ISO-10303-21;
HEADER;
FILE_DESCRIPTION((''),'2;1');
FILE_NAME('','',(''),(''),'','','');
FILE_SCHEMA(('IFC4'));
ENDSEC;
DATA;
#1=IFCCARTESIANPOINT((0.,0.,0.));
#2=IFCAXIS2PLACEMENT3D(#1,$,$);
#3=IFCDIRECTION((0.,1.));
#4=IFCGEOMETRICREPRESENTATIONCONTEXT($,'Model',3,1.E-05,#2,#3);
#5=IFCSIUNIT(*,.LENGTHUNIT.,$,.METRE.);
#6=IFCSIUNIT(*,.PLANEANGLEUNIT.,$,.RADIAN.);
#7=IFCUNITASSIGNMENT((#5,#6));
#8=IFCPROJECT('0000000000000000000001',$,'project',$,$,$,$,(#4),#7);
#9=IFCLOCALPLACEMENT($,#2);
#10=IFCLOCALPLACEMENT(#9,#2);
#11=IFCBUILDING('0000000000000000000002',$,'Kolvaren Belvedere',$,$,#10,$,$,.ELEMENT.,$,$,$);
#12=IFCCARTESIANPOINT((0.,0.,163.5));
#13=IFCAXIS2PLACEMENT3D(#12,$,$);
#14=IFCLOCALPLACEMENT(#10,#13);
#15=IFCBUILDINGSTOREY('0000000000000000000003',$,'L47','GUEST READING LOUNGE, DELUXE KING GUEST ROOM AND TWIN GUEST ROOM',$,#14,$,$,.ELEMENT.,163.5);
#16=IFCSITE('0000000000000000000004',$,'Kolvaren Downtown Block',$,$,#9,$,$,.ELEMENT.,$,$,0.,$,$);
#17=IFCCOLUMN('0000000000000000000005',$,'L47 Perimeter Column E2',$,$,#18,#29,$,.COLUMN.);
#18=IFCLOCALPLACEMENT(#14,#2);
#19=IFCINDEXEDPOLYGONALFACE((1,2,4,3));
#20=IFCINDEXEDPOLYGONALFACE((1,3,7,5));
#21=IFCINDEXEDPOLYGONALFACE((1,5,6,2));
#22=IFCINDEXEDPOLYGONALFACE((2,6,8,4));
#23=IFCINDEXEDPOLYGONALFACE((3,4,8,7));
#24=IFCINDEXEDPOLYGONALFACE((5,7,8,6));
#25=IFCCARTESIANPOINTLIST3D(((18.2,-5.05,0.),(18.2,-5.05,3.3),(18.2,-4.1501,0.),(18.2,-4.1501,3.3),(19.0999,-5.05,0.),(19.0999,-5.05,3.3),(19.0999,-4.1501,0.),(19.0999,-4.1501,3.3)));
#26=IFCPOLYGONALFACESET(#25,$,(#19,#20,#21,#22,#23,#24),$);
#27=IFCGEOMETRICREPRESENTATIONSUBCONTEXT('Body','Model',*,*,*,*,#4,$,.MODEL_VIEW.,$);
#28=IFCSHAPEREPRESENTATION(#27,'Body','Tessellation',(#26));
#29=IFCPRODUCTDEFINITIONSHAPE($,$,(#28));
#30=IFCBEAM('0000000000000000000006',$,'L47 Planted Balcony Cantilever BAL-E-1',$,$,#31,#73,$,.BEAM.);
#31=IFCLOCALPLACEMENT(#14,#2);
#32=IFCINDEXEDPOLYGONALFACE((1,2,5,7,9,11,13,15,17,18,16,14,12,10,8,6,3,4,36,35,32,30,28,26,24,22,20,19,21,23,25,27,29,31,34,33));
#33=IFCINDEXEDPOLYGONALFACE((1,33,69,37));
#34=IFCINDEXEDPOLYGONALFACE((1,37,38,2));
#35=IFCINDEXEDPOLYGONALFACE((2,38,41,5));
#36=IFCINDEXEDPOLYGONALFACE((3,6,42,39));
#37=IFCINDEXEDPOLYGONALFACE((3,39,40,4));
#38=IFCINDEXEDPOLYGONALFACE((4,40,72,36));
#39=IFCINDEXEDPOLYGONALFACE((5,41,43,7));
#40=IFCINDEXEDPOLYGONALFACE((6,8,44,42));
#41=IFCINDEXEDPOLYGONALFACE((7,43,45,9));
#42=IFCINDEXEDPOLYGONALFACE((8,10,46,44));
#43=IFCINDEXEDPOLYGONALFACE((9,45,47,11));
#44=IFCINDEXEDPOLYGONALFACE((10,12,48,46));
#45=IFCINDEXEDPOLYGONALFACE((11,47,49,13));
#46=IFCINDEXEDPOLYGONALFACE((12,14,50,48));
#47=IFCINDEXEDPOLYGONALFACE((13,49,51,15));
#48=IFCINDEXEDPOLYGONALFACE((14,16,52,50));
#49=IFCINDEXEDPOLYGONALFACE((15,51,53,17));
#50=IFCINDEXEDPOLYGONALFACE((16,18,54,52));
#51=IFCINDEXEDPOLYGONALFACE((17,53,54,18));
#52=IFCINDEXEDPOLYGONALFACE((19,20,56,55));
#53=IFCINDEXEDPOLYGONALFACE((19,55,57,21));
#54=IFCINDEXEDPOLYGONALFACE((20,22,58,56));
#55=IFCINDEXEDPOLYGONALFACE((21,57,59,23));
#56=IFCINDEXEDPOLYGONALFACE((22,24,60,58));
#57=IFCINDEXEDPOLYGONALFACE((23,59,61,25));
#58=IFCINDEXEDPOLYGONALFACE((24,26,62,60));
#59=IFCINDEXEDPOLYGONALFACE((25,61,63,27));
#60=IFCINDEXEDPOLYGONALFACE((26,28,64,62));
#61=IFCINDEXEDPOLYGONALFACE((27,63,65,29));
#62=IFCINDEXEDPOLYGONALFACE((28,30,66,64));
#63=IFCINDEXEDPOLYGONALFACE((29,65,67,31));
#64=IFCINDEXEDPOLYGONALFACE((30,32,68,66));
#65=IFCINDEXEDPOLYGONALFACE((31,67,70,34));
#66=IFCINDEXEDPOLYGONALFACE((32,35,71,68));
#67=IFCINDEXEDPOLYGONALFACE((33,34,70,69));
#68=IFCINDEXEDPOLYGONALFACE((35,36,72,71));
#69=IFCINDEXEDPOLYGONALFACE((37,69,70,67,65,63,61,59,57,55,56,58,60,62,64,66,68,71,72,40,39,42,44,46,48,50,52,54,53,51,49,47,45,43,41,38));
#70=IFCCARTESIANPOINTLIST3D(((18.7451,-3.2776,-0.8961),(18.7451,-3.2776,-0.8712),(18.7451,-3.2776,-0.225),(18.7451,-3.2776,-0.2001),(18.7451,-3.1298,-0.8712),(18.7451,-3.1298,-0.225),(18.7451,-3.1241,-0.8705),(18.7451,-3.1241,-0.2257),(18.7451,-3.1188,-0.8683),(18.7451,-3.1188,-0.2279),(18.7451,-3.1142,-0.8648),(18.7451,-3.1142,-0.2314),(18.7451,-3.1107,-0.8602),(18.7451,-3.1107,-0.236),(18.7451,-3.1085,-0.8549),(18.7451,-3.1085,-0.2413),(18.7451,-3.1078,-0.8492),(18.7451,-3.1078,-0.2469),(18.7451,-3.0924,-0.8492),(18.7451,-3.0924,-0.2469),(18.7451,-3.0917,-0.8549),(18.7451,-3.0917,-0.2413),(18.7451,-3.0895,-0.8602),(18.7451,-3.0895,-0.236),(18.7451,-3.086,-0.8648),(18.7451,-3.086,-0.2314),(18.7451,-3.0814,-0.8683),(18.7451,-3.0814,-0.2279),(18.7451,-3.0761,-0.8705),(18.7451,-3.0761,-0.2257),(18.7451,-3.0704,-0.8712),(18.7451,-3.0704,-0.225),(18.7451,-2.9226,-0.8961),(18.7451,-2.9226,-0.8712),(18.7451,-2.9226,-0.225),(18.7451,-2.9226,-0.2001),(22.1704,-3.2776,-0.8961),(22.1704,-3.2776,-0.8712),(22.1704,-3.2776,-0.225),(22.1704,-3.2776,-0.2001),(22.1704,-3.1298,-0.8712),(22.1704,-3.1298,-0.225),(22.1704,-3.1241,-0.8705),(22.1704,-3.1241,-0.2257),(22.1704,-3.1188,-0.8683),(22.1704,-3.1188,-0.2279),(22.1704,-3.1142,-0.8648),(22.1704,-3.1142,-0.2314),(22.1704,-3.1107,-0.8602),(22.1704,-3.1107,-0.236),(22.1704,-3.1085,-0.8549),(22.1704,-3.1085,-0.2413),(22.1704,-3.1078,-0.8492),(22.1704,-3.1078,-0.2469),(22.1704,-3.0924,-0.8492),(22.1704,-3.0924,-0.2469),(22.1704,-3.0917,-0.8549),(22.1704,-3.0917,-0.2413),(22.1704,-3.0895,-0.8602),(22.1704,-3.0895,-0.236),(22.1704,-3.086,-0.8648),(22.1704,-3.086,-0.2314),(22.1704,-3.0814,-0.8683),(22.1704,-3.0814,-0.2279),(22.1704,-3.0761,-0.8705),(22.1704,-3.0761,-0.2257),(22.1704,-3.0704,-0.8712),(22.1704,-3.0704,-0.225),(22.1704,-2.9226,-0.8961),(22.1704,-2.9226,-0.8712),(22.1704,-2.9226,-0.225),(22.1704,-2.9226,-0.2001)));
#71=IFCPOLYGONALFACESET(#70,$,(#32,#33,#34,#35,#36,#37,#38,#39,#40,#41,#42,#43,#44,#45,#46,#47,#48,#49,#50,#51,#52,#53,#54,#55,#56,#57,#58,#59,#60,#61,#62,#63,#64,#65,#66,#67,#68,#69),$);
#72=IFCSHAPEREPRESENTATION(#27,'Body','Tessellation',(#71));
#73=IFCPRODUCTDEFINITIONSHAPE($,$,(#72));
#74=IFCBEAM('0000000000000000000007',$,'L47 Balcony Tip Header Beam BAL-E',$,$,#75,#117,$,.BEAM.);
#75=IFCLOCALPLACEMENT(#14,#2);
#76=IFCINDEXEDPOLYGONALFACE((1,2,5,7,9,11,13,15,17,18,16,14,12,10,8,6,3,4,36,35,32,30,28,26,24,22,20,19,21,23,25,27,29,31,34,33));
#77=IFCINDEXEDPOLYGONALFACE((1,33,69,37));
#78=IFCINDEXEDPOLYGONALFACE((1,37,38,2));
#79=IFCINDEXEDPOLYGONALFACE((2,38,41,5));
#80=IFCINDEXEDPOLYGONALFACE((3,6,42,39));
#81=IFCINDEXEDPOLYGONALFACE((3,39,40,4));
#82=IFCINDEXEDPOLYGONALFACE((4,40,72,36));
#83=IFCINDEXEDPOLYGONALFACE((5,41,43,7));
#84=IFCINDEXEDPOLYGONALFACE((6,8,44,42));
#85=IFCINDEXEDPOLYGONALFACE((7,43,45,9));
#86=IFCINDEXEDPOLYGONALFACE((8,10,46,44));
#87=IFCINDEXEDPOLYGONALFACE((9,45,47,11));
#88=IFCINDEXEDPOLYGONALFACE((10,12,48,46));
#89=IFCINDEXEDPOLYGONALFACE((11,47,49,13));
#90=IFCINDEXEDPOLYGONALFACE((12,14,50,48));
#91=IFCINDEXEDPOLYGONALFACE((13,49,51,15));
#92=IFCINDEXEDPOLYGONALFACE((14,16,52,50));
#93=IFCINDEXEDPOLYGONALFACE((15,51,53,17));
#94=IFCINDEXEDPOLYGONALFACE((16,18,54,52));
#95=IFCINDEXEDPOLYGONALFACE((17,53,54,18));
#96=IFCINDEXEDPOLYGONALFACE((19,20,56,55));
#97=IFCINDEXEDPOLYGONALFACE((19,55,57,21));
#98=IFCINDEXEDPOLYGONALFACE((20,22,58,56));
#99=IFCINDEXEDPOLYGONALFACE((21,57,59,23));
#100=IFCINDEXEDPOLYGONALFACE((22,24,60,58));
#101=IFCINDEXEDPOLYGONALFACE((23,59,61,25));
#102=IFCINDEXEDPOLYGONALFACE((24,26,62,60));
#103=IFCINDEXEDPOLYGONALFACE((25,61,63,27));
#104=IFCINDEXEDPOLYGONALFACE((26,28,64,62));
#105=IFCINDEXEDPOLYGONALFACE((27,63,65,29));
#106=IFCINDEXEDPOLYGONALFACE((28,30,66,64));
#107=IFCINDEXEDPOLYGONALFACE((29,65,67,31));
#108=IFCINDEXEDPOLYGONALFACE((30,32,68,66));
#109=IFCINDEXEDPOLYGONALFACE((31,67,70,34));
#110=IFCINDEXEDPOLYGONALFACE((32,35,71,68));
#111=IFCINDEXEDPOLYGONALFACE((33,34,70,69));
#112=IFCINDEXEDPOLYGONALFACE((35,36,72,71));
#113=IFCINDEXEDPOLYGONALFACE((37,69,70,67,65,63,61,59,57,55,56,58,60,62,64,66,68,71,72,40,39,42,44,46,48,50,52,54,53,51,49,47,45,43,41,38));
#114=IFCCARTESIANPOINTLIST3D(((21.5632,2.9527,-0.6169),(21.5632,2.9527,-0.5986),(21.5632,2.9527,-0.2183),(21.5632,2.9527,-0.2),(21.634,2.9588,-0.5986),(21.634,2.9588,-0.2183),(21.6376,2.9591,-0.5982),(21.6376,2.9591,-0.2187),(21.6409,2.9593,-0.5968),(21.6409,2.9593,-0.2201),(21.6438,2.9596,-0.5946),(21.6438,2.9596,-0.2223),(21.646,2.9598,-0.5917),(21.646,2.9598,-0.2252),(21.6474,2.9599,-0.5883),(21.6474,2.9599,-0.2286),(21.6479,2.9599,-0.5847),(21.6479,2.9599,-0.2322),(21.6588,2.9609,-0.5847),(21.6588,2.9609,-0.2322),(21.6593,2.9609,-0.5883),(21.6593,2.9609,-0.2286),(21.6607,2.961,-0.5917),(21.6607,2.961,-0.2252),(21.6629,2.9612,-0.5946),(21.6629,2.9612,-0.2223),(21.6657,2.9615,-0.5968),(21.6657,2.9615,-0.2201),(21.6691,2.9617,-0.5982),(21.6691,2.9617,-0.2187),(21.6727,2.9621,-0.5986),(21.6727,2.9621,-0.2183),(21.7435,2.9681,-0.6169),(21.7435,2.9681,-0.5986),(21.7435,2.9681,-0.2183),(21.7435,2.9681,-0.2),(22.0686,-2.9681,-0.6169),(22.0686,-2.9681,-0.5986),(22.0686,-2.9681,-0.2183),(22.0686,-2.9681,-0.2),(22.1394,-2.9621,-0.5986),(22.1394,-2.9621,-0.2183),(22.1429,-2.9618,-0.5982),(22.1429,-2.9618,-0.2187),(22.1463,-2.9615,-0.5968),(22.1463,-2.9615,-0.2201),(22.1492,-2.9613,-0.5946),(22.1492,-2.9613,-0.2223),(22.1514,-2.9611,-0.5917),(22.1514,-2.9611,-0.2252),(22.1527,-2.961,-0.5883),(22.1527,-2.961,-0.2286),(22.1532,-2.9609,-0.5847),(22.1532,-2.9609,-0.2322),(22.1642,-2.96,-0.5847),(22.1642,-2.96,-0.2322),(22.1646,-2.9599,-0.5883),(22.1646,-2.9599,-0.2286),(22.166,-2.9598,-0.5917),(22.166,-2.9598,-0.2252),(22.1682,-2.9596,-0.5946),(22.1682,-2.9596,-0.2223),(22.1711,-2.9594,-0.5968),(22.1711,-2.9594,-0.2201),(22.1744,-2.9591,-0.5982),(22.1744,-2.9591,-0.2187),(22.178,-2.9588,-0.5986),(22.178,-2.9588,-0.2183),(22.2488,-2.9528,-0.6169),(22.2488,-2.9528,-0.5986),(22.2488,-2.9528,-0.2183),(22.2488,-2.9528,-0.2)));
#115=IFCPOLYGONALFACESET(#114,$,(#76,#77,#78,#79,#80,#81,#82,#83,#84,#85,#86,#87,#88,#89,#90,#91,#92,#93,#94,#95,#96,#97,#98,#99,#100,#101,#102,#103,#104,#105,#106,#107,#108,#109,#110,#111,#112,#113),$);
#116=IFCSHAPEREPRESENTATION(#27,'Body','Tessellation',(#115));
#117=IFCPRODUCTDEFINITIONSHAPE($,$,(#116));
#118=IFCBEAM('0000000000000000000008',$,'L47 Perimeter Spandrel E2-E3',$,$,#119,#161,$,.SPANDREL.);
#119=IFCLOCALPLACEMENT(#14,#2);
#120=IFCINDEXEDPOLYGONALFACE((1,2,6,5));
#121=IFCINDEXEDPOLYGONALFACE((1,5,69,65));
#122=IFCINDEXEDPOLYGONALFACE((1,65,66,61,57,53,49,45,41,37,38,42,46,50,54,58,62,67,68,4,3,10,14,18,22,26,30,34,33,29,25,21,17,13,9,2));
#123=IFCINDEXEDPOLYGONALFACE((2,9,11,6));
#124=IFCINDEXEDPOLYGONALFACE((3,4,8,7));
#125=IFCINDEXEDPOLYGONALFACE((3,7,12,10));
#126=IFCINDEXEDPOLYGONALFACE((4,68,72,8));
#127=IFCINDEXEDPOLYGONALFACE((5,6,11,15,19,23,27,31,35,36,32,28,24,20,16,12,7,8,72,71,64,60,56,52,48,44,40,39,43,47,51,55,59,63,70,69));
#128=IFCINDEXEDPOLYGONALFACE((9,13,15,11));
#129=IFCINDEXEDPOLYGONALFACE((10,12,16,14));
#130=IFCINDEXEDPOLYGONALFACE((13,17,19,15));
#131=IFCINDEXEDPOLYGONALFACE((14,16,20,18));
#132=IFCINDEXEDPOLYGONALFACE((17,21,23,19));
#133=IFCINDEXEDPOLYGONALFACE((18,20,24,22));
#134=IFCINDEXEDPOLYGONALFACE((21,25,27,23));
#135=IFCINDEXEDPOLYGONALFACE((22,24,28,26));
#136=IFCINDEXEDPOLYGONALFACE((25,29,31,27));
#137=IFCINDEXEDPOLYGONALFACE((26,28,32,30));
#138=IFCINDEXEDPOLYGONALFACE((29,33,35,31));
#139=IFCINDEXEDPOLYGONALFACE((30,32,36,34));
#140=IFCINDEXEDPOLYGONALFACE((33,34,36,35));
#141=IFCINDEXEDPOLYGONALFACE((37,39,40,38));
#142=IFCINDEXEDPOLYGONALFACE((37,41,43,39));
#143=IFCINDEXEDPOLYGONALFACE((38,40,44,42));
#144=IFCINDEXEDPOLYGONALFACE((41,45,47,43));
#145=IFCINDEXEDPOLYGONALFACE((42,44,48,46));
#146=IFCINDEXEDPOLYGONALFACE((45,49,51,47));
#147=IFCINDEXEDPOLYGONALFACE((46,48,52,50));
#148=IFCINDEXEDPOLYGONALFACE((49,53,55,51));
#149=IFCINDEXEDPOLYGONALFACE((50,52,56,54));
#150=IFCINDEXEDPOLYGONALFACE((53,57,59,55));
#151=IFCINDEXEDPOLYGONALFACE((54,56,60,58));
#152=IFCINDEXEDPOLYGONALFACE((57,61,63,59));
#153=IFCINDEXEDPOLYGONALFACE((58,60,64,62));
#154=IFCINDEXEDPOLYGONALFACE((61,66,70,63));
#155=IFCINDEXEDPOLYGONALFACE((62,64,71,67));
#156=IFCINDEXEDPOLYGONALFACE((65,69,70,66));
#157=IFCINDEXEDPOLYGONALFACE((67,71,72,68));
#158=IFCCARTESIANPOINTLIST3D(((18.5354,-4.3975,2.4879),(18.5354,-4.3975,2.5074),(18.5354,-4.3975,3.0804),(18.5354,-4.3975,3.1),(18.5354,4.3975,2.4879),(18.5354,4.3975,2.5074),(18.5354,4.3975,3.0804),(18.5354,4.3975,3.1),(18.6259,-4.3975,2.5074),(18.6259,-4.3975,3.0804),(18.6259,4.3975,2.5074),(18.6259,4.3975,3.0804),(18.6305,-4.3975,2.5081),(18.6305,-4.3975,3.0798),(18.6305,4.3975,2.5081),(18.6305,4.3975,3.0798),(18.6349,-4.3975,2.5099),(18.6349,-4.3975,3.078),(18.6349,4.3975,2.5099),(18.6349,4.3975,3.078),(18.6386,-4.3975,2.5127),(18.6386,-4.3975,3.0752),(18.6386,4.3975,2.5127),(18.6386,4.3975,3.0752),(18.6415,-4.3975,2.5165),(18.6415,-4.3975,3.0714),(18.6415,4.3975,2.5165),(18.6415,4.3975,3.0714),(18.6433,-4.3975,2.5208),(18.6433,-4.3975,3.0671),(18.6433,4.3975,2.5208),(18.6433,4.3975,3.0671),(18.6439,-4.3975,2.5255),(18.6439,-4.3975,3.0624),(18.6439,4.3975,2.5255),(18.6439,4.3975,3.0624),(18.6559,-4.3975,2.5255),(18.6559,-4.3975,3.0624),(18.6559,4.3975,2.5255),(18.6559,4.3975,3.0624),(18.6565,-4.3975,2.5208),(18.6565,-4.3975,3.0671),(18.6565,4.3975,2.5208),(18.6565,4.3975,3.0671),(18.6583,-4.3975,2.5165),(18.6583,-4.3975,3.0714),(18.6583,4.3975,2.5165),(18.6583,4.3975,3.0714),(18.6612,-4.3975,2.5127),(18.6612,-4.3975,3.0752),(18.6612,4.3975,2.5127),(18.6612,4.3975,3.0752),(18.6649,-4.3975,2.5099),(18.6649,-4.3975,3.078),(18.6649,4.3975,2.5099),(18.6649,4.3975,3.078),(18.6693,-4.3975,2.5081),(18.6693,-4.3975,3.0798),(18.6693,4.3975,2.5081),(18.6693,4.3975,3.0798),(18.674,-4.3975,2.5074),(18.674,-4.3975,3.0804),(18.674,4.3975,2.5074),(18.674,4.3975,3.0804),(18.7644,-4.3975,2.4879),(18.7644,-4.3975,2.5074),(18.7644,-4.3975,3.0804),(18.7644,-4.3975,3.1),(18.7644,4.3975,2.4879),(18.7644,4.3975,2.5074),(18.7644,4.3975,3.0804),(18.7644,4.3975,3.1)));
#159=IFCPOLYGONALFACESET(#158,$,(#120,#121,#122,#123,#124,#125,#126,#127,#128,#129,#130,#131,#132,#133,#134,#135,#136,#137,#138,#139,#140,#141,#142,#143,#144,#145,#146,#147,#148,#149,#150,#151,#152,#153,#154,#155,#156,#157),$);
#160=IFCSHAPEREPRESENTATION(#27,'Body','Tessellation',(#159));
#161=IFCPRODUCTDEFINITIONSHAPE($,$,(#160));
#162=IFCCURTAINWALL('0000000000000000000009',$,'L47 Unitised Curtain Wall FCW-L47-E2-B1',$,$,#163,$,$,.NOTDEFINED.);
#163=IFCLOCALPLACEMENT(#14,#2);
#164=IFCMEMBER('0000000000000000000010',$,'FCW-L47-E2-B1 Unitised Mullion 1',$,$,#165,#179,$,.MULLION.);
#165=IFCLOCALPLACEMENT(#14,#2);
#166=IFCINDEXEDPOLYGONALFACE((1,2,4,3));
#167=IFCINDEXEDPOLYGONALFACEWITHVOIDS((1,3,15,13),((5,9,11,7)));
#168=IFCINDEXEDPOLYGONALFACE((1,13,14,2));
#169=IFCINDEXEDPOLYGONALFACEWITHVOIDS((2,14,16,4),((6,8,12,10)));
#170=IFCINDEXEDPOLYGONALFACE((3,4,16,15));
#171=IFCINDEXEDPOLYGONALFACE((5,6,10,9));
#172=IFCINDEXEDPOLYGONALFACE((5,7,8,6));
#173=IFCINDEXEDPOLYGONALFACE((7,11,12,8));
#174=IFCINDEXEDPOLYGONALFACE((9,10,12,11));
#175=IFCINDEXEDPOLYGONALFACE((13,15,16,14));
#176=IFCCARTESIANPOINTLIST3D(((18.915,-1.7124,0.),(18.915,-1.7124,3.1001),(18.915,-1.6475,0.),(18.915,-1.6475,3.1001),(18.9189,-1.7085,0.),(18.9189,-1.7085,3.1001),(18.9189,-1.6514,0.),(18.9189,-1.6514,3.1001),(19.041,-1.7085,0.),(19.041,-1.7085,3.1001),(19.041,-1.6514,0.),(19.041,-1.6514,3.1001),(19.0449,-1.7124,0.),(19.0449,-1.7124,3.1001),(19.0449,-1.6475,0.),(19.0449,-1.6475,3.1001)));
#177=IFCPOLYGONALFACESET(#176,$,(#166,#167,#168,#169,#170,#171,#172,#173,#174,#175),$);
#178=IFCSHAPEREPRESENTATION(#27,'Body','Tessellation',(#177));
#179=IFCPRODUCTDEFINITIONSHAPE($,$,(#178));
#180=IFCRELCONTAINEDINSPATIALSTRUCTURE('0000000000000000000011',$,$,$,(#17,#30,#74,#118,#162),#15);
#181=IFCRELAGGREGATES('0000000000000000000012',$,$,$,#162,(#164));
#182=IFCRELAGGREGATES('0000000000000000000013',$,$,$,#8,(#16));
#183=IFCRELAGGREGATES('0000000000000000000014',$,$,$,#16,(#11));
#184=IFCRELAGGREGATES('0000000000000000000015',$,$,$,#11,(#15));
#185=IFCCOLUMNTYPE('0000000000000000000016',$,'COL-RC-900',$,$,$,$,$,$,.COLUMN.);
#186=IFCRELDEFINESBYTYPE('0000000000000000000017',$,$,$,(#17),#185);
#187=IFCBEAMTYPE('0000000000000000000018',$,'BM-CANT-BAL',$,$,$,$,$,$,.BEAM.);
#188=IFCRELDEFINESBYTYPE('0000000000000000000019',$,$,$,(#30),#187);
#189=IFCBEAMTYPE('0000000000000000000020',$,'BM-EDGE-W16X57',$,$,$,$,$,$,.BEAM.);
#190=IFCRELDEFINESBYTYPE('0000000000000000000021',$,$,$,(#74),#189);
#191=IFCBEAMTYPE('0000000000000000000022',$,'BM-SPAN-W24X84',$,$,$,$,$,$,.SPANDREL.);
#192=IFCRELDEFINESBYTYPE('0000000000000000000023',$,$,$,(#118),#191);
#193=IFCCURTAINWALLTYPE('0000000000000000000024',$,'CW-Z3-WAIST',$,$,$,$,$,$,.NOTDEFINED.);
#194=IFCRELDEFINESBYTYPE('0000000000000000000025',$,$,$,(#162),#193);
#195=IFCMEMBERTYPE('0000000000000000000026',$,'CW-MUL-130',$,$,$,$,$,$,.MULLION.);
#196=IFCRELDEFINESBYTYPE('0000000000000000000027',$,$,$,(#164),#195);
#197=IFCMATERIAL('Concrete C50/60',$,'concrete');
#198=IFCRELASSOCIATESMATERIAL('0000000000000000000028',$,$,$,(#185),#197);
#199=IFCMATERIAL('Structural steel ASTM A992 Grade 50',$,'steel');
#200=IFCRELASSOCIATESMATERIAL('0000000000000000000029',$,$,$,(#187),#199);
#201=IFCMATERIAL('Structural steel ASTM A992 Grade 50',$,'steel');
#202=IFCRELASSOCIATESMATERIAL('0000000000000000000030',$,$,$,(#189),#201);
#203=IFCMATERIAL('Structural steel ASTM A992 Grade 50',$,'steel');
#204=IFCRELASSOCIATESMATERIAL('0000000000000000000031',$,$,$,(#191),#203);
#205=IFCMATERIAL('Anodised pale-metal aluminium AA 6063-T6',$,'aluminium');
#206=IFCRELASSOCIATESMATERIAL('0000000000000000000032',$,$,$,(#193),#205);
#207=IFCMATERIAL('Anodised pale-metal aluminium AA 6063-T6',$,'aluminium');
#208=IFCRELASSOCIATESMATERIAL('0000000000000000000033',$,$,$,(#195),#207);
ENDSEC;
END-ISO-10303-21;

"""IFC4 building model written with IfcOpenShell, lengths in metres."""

from ifc_helpers import new_model, si_unit, direction, frame, origin, origin_2d, place, context, subcontext, project, spatial, rectangle, hollow_rectangle, i_section, extrude, material, material_profile, profile_set, type_object, element, aggregate, save


model = new_model("IFC4")

# Units and contexts
model_context = context("Model", 3, precision=1e-05, world=origin(), true_north=direction((0.0, 1.0)))
body_context = subcontext(model_context, "Body", "Model", "MODEL_VIEW")
ifc_project = project(units=[si_unit("LENGTHUNIT", "METRE"), si_unit("PLANEANGLEUNIT", "RADIAN")], contexts=[model_context])

# Site, building, storey
site_placement = place(None, origin())
site = spatial("IfcSite", under=ifc_project, at=site_placement, Name="Kolvaren Downtown Block", CompositionType="ELEMENT", RefElevation=0.0)
building_placement = place(site_placement, origin())
building = spatial("IfcBuilding", under=site, at=building_placement, Name="Kolvaren Belvedere", CompositionType="ELEMENT")
storey_placement = place(building_placement, frame((0.0, 0.0, 163.5)))
storey = spatial("IfcBuildingStorey", under=building, at=storey_placement, Name="L47", Description="GUEST READING LOUNGE, DELUXE KING GUEST ROOM AND TWIN GUEST ROOM", CompositionType="ELEMENT", Elevation=163.5)

# Column
ifc_material_1 = material(Name="Concrete C50/60", Category="concrete")
ifc_material_profile_1 = material_profile(ifc_material_1, rectangle(XDim=0.8999, YDim=0.8999, at=origin_2d()), Name="RC 900X900")
ifc_profile_set_1 = profile_set([ifc_material_profile_1], Name="Concrete C50/60")
column_type = type_object("IfcColumnType", Name="COL-RC-900", PredefinedType="COLUMN", material=ifc_profile_set_1)
column_placement = place(storey_placement, frame((18.6499, -4.6001, 0.0), z_axis=(0.0, 0.0, 1.0), x_axis=(1.0, 0.0, 0.0)))
element("IfcColumn", 1, at=column_placement, inside=storey, type_object=column_type, Name="L47 Perimeter Column E2", PredefinedType="COLUMN", context=body_context, shape_type="SweptSolid", body=[
    extrude(rectangle(XDim=0.8999, YDim=0.8999, at=origin_2d()), origin(), (0.0, 0.0, 1.0), 3.3),
])

# Beams
ifc_material_2 = material(Name="Structural steel ASTM A992 Grade 50", Category="steel")
ifc_material_profile_2 = material_profile(ifc_material_2, i_section(OverallWidth=0.355, OverallDepth=0.696, WebThickness=0.0154, FlangeThickness=0.0249, FilletRadius=0.022, at=origin_2d()), Name="W27X146")
ifc_profile_set_2 = profile_set([ifc_material_profile_2], Name="Structural steel ASTM A992 Grade 50")
beam_type_1 = type_object("IfcBeamType", Name="BM-CANT-BAL", PredefinedType="BEAM", material=ifc_profile_set_2)
beam_1_placement = place(storey_placement, frame((18.7451, -3.1001, -0.5481), z_axis=(1.0, 0.0, 0.0), x_axis=(0.0, 1.0, 0.0)))
element("IfcBeam", 2, at=beam_1_placement, inside=storey, type_object=beam_type_1, Name="L47 Planted Balcony Cantilever BAL-E-1", PredefinedType="BEAM", context=body_context, shape_type="SweptSolid", body=[
    extrude(i_section(OverallWidth=0.355, OverallDepth=0.696, WebThickness=0.0154, FlangeThickness=0.0249, FilletRadius=0.022, at=origin_2d()), origin(), (0.0, 0.0, 1.0), 3.4253),
])
ifc_material_3 = material(Name="Structural steel ASTM A992 Grade 50", Category="steel")
ifc_material_profile_3 = material_profile(ifc_material_3, i_section(OverallWidth=0.1809, OverallDepth=0.417, WebThickness=0.011, FlangeThickness=0.0183, FilletRadius=0.0139, at=origin_2d()), Name="W16X57")
ifc_profile_set_3 = profile_set([ifc_material_profile_3], Name="Structural steel ASTM A992 Grade 50")
beam_type_2 = type_object("IfcBeamType", Name="BM-EDGE-W16X57", PredefinedType="BEAM", material=ifc_profile_set_3)
beam_2_placement = place(storey_placement, frame((22.1587, -2.9604, -0.4084), z_axis=(-0.085045, 0.996377, 0.0), x_axis=(-0.996377, -0.085045, 0.0)))
element("IfcBeam", 3, at=beam_2_placement, inside=storey, type_object=beam_type_2, Name="L47 Balcony Tip Header Beam BAL-E", PredefinedType="BEAM", context=body_context, shape_type="SweptSolid", body=[
    extrude(i_section(OverallWidth=0.1809, OverallDepth=0.417, WebThickness=0.011, FlangeThickness=0.0183, FilletRadius=0.0139, at=origin_2d()), origin(), (0.0, 0.0, 1.0), 5.9424),
])
ifc_material_4 = material(Name="Structural steel ASTM A992 Grade 50", Category="steel")
ifc_material_profile_4 = material_profile(ifc_material_4, i_section(OverallWidth=0.229, OverallDepth=0.6121, WebThickness=0.012, FlangeThickness=0.0195, FilletRadius=0.0181, at=origin_2d()), Name="W24X84")
ifc_profile_set_4 = profile_set([ifc_material_profile_4], Name="Structural steel ASTM A992 Grade 50")
beam_type_3 = type_object("IfcBeamType", Name="BM-SPAN-W24X84", PredefinedType="SPANDREL", material=ifc_profile_set_4)
beam_3_placement = place(storey_placement, frame((18.6499, -4.3975, 2.7939), z_axis=(0.0, 1.0, 0.0), x_axis=(-1.0, 0.0, 0.0)))
element("IfcBeam", 4, at=beam_3_placement, inside=storey, type_object=beam_type_3, Name="L47 Perimeter Spandrel E2-E3", PredefinedType="SPANDREL", context=body_context, shape_type="SweptSolid", body=[
    extrude(i_section(OverallWidth=0.229, OverallDepth=0.6121, WebThickness=0.012, FlangeThickness=0.0195, FilletRadius=0.0181, at=origin_2d()), origin(), (0.0, 0.0, 1.0), 8.7949),
])

# Curtain wall, member
ifc_material_5 = material(Name="Anodised pale-metal aluminium AA 6063-T6", Category="aluminium")
curtain_wall_type = type_object("IfcCurtainWallType", Name="CW-Z3-WAIST", PredefinedType="NOTDEFINED", material=ifc_material_5)
curtain_wall_1_placement = place(storey_placement, origin())
curtain_wall_1 = element("IfcCurtainWall", 5, at=curtain_wall_1_placement, inside=storey, type_object=curtain_wall_type, Name="L47 Unitised Curtain Wall FCW-L47-E2-B1", PredefinedType="NOTDEFINED")
ifc_material_6 = material(Name="Anodised pale-metal aluminium AA 6063-T6", Category="aluminium")
ifc_material_profile_5 = material_profile(ifc_material_6, hollow_rectangle(XDim=0.0649, YDim=0.1299, WallThickness=0.0039, at=origin_2d()), Name="ALU-MUL-130X65")
ifc_profile_set_5 = profile_set([ifc_material_profile_5], Name="Anodised pale-metal aluminium AA 6063-T6")
member_type_1 = type_object("IfcMemberType", Name="CW-MUL-130", PredefinedType="MULLION", material=ifc_profile_set_5)
member_1_placement = place(storey_placement, frame((18.98, -1.6799, 0.0), z_axis=(0.0, 0.0, 1.0), x_axis=(0.0, 1.0, 0.0)))
member_1 = element("IfcMember", 6, at=member_1_placement, type_object=member_type_1, Name="FCW-L47-E2-B1 Unitised Mullion 1", PredefinedType="MULLION", context=body_context, shape_type="SweptSolid", body=[
    extrude(hollow_rectangle(XDim=0.0649, YDim=0.1299, WallThickness=0.0039, at=origin_2d()), origin(), (0.0, 0.0, 1.0), 3.1001),
])

aggregate(curtain_wall_1, [member_1])

save(model, "model.ifc")
